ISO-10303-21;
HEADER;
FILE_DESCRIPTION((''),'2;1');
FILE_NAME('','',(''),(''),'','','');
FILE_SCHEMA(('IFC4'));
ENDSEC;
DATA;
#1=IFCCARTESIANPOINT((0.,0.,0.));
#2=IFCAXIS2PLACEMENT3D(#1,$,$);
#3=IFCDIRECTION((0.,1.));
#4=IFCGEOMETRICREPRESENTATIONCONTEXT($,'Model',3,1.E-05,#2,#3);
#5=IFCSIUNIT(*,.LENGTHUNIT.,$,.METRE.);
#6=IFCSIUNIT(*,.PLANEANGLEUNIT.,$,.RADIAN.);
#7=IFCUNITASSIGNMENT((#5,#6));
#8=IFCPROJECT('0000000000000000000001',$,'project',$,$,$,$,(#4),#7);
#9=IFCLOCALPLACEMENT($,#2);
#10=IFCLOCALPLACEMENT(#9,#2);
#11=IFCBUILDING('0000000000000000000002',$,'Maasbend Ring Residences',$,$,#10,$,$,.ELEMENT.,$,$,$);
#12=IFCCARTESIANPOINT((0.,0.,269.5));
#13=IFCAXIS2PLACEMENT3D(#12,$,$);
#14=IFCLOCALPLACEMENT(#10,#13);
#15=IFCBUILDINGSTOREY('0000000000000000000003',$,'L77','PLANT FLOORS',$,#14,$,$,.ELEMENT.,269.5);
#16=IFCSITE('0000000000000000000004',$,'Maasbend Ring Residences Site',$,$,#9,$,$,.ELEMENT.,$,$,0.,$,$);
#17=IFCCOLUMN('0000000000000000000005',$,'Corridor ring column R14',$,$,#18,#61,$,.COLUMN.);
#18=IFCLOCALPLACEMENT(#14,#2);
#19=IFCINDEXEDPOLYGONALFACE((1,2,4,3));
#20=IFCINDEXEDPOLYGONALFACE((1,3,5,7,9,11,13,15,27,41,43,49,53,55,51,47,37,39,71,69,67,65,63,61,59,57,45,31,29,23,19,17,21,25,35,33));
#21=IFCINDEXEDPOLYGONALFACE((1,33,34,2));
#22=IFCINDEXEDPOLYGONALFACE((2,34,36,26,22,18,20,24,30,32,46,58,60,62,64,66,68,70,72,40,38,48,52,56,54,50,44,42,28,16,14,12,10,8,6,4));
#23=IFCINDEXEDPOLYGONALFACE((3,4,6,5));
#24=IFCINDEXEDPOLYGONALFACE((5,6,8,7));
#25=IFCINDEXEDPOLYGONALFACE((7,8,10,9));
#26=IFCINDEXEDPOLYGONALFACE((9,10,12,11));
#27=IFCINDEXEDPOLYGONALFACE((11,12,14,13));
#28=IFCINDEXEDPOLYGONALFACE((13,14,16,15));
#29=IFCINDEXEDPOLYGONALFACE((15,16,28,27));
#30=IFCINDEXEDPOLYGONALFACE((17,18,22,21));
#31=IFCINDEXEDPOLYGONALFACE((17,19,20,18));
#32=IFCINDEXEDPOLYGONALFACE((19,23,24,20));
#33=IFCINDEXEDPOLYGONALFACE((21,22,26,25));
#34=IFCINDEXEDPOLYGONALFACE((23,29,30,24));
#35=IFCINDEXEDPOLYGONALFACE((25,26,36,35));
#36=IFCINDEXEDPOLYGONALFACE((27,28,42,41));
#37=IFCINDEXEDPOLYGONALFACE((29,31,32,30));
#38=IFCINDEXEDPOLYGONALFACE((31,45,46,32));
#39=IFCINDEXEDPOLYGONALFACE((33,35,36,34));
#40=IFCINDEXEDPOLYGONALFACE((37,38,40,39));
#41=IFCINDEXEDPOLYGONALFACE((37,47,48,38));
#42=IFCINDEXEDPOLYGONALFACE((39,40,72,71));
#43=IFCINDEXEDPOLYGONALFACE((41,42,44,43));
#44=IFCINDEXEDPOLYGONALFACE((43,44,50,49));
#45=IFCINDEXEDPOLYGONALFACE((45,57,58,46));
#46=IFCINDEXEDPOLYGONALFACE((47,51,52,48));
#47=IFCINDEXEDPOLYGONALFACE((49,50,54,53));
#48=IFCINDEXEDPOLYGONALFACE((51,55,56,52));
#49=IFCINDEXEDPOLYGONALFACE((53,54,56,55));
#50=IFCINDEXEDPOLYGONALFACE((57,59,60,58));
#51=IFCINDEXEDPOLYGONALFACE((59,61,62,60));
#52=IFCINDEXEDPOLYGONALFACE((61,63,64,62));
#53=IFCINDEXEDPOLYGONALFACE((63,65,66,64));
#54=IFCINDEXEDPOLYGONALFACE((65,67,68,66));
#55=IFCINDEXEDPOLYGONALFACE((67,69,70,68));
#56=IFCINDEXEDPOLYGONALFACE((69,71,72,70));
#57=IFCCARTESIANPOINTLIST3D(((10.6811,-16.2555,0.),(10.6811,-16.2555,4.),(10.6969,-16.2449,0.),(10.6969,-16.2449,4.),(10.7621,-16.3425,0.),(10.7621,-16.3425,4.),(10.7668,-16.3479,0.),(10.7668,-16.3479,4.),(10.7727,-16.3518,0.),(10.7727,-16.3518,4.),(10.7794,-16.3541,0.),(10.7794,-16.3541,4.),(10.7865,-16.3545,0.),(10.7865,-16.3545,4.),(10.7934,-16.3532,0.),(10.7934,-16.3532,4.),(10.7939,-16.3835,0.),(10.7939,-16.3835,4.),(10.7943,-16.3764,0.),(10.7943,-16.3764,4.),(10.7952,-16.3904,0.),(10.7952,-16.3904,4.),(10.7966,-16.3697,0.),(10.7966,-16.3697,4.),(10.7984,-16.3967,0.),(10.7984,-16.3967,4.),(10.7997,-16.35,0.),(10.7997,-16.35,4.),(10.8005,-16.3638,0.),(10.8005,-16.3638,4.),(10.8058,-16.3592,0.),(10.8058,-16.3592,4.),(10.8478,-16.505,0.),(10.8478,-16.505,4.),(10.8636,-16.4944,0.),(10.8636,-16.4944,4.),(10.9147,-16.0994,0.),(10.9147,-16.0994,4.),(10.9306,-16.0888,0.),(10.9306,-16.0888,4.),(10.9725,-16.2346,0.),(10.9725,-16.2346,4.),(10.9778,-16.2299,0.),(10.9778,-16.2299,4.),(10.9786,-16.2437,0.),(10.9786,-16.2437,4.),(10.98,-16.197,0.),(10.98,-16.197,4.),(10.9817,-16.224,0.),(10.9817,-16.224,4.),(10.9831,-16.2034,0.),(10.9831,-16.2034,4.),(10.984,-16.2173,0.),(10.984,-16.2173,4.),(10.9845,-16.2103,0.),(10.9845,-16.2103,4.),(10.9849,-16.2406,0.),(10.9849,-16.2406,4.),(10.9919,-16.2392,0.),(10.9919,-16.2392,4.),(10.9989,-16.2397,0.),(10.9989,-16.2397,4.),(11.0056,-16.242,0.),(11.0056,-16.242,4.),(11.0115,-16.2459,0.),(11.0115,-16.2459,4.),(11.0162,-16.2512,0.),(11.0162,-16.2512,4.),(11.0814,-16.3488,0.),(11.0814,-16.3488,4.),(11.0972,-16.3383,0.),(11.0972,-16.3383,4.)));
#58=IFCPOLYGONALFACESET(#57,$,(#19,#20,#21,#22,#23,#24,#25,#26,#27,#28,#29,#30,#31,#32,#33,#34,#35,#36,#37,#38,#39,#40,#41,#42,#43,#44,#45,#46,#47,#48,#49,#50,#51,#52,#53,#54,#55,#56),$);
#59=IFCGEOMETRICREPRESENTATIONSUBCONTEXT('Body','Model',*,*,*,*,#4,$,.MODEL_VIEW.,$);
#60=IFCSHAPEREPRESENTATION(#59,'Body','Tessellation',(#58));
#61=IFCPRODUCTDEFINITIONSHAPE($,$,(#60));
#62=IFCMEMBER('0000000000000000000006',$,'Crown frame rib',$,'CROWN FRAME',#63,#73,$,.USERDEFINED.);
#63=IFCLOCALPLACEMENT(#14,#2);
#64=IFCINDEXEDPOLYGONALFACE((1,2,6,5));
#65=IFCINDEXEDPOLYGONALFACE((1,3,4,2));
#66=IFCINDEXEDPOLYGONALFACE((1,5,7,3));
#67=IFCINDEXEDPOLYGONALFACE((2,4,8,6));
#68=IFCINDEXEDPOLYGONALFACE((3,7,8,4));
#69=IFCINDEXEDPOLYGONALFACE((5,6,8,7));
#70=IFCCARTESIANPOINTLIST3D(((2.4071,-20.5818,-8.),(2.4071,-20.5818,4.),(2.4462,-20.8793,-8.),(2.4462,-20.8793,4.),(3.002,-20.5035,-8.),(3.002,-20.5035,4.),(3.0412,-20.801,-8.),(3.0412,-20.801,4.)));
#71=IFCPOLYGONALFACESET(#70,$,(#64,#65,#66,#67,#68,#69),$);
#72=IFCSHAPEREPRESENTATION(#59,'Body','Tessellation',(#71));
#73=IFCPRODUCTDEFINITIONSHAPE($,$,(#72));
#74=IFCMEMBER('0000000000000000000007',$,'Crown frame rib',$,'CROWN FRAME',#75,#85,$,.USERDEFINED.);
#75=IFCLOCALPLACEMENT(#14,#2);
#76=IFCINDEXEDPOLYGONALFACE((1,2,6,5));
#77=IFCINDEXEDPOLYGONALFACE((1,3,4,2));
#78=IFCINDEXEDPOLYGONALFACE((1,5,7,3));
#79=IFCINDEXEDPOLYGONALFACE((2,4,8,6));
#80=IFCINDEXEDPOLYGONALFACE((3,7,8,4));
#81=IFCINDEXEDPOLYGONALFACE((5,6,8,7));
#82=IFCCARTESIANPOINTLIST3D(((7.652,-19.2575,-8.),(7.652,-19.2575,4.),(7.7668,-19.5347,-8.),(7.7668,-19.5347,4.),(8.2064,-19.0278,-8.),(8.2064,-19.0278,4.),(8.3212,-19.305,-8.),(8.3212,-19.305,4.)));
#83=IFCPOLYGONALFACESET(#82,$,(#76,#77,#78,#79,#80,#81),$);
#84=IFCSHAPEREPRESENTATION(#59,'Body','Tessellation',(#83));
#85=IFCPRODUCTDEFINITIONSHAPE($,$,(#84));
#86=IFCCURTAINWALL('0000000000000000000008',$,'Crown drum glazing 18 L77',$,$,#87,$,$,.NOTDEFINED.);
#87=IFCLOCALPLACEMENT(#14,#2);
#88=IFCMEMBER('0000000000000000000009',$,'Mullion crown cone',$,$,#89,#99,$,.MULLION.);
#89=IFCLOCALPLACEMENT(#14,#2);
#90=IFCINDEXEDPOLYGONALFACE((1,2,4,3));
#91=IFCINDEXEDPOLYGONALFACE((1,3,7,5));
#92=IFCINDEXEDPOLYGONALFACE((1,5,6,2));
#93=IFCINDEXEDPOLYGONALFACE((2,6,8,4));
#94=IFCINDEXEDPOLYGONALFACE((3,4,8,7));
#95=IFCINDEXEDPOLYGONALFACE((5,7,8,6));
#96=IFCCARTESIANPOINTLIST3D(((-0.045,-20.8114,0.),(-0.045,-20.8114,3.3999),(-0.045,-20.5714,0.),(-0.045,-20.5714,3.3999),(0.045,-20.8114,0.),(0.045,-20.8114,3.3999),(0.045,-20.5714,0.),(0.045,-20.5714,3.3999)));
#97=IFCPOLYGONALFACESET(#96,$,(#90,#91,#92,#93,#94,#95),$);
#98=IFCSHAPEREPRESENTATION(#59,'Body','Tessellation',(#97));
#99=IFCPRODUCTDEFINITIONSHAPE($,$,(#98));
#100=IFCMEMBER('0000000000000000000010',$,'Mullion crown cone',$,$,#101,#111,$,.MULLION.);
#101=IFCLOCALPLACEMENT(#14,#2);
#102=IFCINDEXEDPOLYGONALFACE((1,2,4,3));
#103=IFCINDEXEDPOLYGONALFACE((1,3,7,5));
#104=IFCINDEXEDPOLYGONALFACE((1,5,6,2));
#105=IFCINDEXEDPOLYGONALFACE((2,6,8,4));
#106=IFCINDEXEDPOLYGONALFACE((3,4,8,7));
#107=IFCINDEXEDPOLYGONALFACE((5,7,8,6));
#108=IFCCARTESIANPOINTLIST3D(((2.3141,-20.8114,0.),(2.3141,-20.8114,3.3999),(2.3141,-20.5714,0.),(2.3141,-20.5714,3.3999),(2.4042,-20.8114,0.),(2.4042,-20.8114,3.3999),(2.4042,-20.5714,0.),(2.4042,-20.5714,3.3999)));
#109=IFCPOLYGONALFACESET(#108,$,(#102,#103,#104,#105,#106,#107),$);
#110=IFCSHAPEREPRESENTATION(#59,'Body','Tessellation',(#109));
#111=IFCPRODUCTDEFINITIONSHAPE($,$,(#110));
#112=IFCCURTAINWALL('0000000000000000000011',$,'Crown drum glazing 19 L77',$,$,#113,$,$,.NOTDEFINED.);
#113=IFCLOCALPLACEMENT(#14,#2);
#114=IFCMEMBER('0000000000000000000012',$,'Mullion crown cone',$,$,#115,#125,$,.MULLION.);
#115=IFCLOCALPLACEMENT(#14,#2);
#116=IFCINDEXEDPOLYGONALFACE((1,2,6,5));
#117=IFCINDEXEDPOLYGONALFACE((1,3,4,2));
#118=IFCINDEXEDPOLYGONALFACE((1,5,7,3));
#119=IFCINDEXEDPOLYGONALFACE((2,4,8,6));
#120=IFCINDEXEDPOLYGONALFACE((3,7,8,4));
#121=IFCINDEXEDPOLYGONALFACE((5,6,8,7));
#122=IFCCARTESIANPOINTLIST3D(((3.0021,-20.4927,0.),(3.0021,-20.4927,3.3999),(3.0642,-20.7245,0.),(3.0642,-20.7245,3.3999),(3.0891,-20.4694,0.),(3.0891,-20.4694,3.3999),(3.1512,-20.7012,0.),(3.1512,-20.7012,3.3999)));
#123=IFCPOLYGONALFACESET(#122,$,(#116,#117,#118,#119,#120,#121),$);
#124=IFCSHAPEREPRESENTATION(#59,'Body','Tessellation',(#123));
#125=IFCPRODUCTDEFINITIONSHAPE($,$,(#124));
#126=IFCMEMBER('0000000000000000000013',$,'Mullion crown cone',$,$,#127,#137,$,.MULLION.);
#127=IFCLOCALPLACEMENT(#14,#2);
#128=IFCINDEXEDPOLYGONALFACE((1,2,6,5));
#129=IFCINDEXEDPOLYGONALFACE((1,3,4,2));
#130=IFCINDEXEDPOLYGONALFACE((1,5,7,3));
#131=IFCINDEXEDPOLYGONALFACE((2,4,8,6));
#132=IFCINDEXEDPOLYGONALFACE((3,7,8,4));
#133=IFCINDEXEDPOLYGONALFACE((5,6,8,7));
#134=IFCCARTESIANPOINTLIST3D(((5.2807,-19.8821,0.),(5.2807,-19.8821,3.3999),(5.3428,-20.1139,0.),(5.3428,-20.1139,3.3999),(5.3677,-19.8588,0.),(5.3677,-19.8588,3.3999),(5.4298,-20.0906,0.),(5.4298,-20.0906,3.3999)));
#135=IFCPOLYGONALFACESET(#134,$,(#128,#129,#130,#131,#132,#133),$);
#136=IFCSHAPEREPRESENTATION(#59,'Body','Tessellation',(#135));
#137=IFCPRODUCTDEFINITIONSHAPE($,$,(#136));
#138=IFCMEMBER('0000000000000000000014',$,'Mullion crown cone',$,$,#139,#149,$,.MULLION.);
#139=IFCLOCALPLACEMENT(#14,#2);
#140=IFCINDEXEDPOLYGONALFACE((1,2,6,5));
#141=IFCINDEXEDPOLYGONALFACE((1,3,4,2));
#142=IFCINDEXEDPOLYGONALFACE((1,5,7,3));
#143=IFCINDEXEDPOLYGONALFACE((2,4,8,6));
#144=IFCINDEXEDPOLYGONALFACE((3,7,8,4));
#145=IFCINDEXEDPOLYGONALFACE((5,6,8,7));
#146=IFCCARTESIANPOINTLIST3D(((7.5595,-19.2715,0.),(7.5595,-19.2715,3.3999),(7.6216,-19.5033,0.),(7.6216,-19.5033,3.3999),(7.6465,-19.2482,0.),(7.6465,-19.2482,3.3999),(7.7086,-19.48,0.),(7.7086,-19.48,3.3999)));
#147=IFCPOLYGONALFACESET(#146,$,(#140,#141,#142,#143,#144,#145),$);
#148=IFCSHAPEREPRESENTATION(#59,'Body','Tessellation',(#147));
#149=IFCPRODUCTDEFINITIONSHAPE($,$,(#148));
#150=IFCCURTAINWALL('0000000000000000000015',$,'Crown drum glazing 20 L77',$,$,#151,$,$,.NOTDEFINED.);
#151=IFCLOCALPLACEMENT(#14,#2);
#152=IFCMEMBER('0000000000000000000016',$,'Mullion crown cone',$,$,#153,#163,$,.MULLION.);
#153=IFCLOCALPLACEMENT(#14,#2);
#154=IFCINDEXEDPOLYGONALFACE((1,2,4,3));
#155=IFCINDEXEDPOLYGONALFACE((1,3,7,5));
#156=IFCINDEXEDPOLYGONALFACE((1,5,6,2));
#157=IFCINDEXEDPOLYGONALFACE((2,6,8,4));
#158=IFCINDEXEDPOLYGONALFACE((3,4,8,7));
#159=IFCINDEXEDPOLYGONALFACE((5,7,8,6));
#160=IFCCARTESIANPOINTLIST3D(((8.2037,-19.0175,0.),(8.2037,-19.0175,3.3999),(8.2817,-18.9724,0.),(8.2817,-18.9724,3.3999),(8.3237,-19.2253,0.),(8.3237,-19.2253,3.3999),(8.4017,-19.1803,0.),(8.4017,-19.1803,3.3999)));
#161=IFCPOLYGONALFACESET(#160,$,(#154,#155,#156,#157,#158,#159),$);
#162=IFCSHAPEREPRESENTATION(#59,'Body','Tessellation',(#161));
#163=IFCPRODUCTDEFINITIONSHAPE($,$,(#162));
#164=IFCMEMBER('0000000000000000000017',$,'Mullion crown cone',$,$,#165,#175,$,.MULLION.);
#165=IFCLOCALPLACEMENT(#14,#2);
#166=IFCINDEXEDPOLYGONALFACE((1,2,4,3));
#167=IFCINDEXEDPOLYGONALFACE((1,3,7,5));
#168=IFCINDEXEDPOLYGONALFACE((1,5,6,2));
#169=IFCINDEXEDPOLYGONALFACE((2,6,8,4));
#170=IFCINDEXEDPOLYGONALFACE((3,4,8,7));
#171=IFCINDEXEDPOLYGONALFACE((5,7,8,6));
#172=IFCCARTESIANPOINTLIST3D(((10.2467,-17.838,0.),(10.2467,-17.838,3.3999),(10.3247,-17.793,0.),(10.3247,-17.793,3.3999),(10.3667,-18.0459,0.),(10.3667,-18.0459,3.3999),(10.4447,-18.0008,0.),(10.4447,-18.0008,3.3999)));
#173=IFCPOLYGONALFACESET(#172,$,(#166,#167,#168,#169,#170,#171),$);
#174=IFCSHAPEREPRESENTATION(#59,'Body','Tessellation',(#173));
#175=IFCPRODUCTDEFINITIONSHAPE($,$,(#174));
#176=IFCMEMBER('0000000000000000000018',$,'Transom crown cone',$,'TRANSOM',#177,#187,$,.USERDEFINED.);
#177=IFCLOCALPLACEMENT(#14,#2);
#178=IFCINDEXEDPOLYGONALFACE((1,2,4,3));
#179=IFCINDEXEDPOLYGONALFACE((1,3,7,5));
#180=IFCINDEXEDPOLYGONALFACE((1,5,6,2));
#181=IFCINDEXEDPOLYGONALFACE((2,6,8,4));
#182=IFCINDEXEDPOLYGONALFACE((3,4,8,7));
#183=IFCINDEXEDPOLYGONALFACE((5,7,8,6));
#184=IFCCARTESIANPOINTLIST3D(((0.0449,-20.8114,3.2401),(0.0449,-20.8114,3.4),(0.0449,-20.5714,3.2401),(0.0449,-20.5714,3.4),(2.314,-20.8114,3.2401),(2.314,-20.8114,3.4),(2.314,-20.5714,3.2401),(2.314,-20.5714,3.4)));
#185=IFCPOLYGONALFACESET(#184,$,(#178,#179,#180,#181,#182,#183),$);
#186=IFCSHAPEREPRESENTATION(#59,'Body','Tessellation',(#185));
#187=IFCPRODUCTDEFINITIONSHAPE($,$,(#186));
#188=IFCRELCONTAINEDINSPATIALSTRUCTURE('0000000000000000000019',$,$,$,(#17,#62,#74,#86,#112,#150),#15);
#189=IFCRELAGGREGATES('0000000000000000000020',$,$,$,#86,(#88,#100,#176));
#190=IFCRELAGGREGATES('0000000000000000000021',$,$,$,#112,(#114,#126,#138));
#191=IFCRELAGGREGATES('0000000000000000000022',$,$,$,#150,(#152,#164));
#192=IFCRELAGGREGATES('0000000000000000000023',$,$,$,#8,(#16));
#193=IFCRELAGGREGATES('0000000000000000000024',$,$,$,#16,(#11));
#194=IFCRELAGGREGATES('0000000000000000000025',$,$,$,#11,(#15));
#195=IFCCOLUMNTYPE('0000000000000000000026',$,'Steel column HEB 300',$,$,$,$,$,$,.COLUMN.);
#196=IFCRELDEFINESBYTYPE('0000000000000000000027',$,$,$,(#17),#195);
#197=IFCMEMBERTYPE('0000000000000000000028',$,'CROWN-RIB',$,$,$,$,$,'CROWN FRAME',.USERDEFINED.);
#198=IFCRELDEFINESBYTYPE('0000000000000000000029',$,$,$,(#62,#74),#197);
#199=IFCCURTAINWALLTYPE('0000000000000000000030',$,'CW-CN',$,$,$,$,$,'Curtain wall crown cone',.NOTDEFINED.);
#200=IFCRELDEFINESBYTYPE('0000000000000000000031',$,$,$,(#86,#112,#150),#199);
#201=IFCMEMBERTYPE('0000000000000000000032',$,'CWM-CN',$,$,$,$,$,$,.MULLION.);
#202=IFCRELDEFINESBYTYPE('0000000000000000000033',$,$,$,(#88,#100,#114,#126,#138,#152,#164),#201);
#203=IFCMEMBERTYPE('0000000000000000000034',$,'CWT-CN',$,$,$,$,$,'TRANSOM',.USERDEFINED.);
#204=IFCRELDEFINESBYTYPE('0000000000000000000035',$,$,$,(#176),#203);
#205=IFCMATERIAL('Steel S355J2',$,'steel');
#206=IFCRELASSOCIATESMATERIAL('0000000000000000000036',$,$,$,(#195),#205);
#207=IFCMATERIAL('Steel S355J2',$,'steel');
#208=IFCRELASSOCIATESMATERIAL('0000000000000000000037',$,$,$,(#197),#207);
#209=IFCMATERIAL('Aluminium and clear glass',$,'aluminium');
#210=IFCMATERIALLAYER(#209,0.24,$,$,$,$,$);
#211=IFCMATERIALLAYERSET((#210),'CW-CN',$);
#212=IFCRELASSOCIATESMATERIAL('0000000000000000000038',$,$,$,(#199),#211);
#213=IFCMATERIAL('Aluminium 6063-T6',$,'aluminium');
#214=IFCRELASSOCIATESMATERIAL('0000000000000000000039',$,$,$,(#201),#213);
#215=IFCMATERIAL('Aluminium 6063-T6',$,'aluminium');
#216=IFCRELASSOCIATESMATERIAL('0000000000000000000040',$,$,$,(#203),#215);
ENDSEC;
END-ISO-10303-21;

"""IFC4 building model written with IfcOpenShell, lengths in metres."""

from ifc_helpers import new_model, si_unit, direction, frame, origin, origin_2d, place, context, subcontext, project, spatial, rectangle, i_section, extrude, material, layer, layer_set, material_profile, profile_set, type_object, element, aggregate, save


model = new_model("IFC4")

# Units and contexts
model_context = context("Model", 3, precision=1e-05, world=origin(), true_north=direction((0.0, 1.0)))
body_context = subcontext(model_context, "Body", "Model", "MODEL_VIEW")
ifc_project = project(units=[si_unit("LENGTHUNIT", "METRE"), si_unit("PLANEANGLEUNIT", "RADIAN")], contexts=[model_context])

# Site, building, storey
site_placement = place(None, origin())
site = spatial("IfcSite", under=ifc_project, at=site_placement, Name="Maasbend Ring Residences Site", CompositionType="ELEMENT", RefElevation=0.0)
building_placement = place(site_placement, origin())
building = spatial("IfcBuilding", under=site, at=building_placement, Name="Maasbend Ring Residences", CompositionType="ELEMENT")
storey_placement = place(building_placement, frame((0.0, 0.0, 269.5)))
storey = spatial("IfcBuildingStorey", under=building, at=storey_placement, Name="L77", Description="PLANT FLOORS", CompositionType="ELEMENT", Elevation=269.5)

# Column
ifc_material_1 = material(Name="Steel S355J2", Category="steel")
ifc_material_profile_1 = material_profile(ifc_material_1, i_section(OverallWidth=0.3, OverallDepth=0.3, WebThickness=0.011, FlangeThickness=0.019, FilletRadius=0.0271, at=origin_2d()), Name="HEB 300")
ifc_profile_set_1 = profile_set([ifc_material_profile_1], Name="Steel S355J2")
column_type_1 = type_object("IfcColumnType", Name="Steel column HEB 300", PredefinedType="COLUMN", material=ifc_profile_set_1)
for number, where, z_axis, x_axis, name in (
    (1, (10.8892, -16.2969, 0.0), (0.0, 0.0, 1.0), (0.55557, -0.83147, 0.0), "Corridor ring column R14"),
):
    element("IfcColumn", number, at=place(storey_placement, frame(where, z_axis=z_axis, x_axis=x_axis)), inside=storey, type_object=column_type_1, Name=name, PredefinedType="COLUMN", context=body_context, shape_type="SweptSolid", body=[
        extrude(i_section(OverallWidth=0.3, OverallDepth=0.3, WebThickness=0.011, FlangeThickness=0.019, FilletRadius=0.0271, at=origin_2d()), origin(), (0.0, 0.0, 1.0), 4.0),
    ])

# Members
ifc_material_2 = material(Name="Steel S355J2", Category="steel")
ifc_material_profile_2 = material_profile(ifc_material_2, rectangle(XDim=0.3, YDim=0.6001, at=origin_2d()), Name="Box 300x600x12")
ifc_profile_set_2 = profile_set([ifc_material_profile_2], Name="Steel S355J2")
member_type_1 = type_object("IfcMemberType", Name="CROWN-RIB", ElementType="CROWN FRAME", PredefinedType="USERDEFINED", material=ifc_profile_set_2)
for number, where, z_axis, x_axis, name in (
    (2, (2.7241, -20.6914, -8.0), (0.0, 0.0, 1.0), (0.130526, -0.991445, 0.0), "Crown frame rib"),
    (3, (7.9866, -19.2812, -8.0), (0.0, 0.0, 1.0), (0.382683, -0.92388, 0.0), "Crown frame rib"),
):
    element("IfcMember", number, at=place(storey_placement, frame(where, z_axis=z_axis, x_axis=x_axis)), inside=storey, type_object=member_type_1, Name=name, ObjectType="CROWN FRAME", PredefinedType="USERDEFINED", context=body_context, shape_type="SweptSolid", body=[
        extrude(rectangle(XDim=0.3, YDim=0.6001, at=origin_2d()), origin(), (0.0, 0.0, 1.0), 12.0),
    ])

# Curtain walls, members
ifc_material_3 = material(Name="Aluminium and clear glass", Category="aluminium")
ifc_layer_1 = layer(ifc_material_3, 0.24)
ifc_layer_set_1 = layer_set([ifc_layer_1], Name="CW-CN")
curtain_wall_type = type_object("IfcCurtainWallType", Name="CW-CN", ElementType="Curtain wall crown cone", PredefinedType="NOTDEFINED", material=ifc_layer_set_1)
curtain_wall_1_placement = place(storey_placement, origin())
curtain_wall_1 = element("IfcCurtainWall", 4, at=curtain_wall_1_placement, inside=storey, type_object=curtain_wall_type, Name="Crown drum glazing 18 L77", PredefinedType="NOTDEFINED")
ifc_material_4 = material(Name="Aluminium 6063-T6", Category="aluminium")
ifc_material_profile_3 = material_profile(ifc_material_4, rectangle(XDim=0.24, YDim=0.0901, at=origin_2d()), Name="AL 240x90")
ifc_profile_set_3 = profile_set([ifc_material_profile_3], Name="Aluminium 6063-T6")
member_type_2 = type_object("IfcMemberType", Name="CWM-CN", PredefinedType="MULLION", material=ifc_profile_set_3)
member_1_placement = place(storey_placement, frame((0.0, -20.6914, 0.0), z_axis=(0.0, 0.0, 1.0), x_axis=(0.0, 1.0, 0.0)))
member_1 = element("IfcMember", 5, at=member_1_placement, type_object=member_type_2, Name="Mullion crown cone", PredefinedType="MULLION", context=body_context, shape_type="SweptSolid", body=[
    extrude(rectangle(XDim=0.24, YDim=0.0901, at=origin_2d()), origin(), (0.0, 0.0, 1.0), 3.3999),
])
member_2_placement = place(storey_placement, frame((2.3591, -20.6914, 0.0), z_axis=(0.0, 0.0, 1.0), x_axis=(0.0, 1.0, 0.0)))
member_2 = element("IfcMember", 6, at=member_2_placement, type_object=member_type_2, Name="Mullion crown cone", PredefinedType="MULLION", context=body_context, shape_type="SweptSolid", body=[
    extrude(rectangle(XDim=0.24, YDim=0.0901, at=origin_2d()), origin(), (0.0, 0.0, 1.0), 3.3999),
])
curtain_wall_2_placement = place(storey_placement, origin())
curtain_wall_2 = element("IfcCurtainWall", 7, at=curtain_wall_2_placement, inside=storey, type_object=curtain_wall_type, Name="Crown drum glazing 19 L77", PredefinedType="NOTDEFINED")
member_3_placement = place(storey_placement, frame((3.0767, -20.5969, 0.0), z_axis=(0.0, 0.0, 1.0), x_axis=(-0.258819, 0.965926, 0.0)))
member_3 = element("IfcMember", 8, at=member_3_placement, type_object=member_type_2, Name="Mullion crown cone", PredefinedType="MULLION", context=body_context, shape_type="SweptSolid", body=[
    extrude(rectangle(XDim=0.24, YDim=0.0901, at=origin_2d()), origin(), (0.0, 0.0, 1.0), 3.3999),
])
member_4_placement = place(storey_placement, frame((5.3552, -19.9863, 0.0), z_axis=(0.0, 0.0, 1.0), x_axis=(-0.258819, 0.965926, 0.0)))
member_4 = element("IfcMember", 9, at=member_4_placement, type_object=member_type_2, Name="Mullion crown cone", PredefinedType="MULLION", context=body_context, shape_type="SweptSolid", body=[
    extrude(rectangle(XDim=0.24, YDim=0.0901, at=origin_2d()), origin(), (0.0, 0.0, 1.0), 3.3999),
])
member_5_placement = place(storey_placement, frame((7.634, -19.3757, 0.0), z_axis=(0.0, 0.0, 1.0), x_axis=(-0.258819, 0.965926, 0.0)))
member_5 = element("IfcMember", 10, at=member_5_placement, type_object=member_type_2, Name="Mullion crown cone", PredefinedType="MULLION", context=body_context, shape_type="SweptSolid", body=[
    extrude(rectangle(XDim=0.24, YDim=0.0901, at=origin_2d()), origin(), (0.0, 0.0, 1.0), 3.3999),
])
curtain_wall_3_placement = place(storey_placement, origin())
curtain_wall_3 = element("IfcCurtainWall", 11, at=curtain_wall_3_placement, inside=storey, type_object=curtain_wall_type, Name="Crown drum glazing 20 L77", PredefinedType="NOTDEFINED")
member_6_placement = place(storey_placement, frame((8.3027, -19.0989, 0.0), z_axis=(0.0, 0.0, 1.0), x_axis=(-0.5, 0.866025, 0.0)))
member_6 = element("IfcMember", 12, at=member_6_placement, type_object=member_type_2, Name="Mullion crown cone", PredefinedType="MULLION", context=body_context, shape_type="SweptSolid", body=[
    extrude(rectangle(XDim=0.24, YDim=0.0901, at=origin_2d()), origin(), (0.0, 0.0, 1.0), 3.3999),
])
member_7_placement = place(storey_placement, frame((10.3457, -17.9194, 0.0), z_axis=(0.0, 0.0, 1.0), x_axis=(-0.5, 0.866025, 0.0)))
member_7 = element("IfcMember", 13, at=member_7_placement, type_object=member_type_2, Name="Mullion crown cone", PredefinedType="MULLION", context=body_context, shape_type="SweptSolid", body=[
    extrude(rectangle(XDim=0.24, YDim=0.0901, at=origin_2d()), origin(), (0.0, 0.0, 1.0), 3.3999),
])

# Member
ifc_material_5 = material(Name="Aluminium 6063-T6", Category="aluminium")
ifc_material_profile_4 = material_profile(ifc_material_5, rectangle(XDim=0.24, YDim=0.1599, at=origin_2d()), Name="AL 240x160")
ifc_profile_set_4 = profile_set([ifc_material_profile_4], Name="Aluminium 6063-T6")
member_type_3 = type_object("IfcMemberType", Name="CWT-CN", ElementType="TRANSOM", PredefinedType="USERDEFINED", material=ifc_profile_set_4)
member_8_placement = place(storey_placement, frame((0.0449, -20.6914, 3.3201), z_axis=(1.0, 0.0, 0.0), x_axis=(0.0, 1.0, 0.0)))
member_8 = element("IfcMember", 14, at=member_8_placement, type_object=member_type_3, Name="Transom crown cone", ObjectType="TRANSOM", PredefinedType="USERDEFINED", context=body_context, shape_type="SweptSolid", body=[
    extrude(rectangle(XDim=0.24, YDim=0.1599, at=origin_2d()), origin(), (0.0, 0.0, 1.0), 2.269),
])

aggregate(curtain_wall_1, [member_1, member_2, member_8])
aggregate(curtain_wall_2, [member_3, member_4, member_5])
aggregate(curtain_wall_3, [member_6, member_7])

save(model, "model.ifc")
